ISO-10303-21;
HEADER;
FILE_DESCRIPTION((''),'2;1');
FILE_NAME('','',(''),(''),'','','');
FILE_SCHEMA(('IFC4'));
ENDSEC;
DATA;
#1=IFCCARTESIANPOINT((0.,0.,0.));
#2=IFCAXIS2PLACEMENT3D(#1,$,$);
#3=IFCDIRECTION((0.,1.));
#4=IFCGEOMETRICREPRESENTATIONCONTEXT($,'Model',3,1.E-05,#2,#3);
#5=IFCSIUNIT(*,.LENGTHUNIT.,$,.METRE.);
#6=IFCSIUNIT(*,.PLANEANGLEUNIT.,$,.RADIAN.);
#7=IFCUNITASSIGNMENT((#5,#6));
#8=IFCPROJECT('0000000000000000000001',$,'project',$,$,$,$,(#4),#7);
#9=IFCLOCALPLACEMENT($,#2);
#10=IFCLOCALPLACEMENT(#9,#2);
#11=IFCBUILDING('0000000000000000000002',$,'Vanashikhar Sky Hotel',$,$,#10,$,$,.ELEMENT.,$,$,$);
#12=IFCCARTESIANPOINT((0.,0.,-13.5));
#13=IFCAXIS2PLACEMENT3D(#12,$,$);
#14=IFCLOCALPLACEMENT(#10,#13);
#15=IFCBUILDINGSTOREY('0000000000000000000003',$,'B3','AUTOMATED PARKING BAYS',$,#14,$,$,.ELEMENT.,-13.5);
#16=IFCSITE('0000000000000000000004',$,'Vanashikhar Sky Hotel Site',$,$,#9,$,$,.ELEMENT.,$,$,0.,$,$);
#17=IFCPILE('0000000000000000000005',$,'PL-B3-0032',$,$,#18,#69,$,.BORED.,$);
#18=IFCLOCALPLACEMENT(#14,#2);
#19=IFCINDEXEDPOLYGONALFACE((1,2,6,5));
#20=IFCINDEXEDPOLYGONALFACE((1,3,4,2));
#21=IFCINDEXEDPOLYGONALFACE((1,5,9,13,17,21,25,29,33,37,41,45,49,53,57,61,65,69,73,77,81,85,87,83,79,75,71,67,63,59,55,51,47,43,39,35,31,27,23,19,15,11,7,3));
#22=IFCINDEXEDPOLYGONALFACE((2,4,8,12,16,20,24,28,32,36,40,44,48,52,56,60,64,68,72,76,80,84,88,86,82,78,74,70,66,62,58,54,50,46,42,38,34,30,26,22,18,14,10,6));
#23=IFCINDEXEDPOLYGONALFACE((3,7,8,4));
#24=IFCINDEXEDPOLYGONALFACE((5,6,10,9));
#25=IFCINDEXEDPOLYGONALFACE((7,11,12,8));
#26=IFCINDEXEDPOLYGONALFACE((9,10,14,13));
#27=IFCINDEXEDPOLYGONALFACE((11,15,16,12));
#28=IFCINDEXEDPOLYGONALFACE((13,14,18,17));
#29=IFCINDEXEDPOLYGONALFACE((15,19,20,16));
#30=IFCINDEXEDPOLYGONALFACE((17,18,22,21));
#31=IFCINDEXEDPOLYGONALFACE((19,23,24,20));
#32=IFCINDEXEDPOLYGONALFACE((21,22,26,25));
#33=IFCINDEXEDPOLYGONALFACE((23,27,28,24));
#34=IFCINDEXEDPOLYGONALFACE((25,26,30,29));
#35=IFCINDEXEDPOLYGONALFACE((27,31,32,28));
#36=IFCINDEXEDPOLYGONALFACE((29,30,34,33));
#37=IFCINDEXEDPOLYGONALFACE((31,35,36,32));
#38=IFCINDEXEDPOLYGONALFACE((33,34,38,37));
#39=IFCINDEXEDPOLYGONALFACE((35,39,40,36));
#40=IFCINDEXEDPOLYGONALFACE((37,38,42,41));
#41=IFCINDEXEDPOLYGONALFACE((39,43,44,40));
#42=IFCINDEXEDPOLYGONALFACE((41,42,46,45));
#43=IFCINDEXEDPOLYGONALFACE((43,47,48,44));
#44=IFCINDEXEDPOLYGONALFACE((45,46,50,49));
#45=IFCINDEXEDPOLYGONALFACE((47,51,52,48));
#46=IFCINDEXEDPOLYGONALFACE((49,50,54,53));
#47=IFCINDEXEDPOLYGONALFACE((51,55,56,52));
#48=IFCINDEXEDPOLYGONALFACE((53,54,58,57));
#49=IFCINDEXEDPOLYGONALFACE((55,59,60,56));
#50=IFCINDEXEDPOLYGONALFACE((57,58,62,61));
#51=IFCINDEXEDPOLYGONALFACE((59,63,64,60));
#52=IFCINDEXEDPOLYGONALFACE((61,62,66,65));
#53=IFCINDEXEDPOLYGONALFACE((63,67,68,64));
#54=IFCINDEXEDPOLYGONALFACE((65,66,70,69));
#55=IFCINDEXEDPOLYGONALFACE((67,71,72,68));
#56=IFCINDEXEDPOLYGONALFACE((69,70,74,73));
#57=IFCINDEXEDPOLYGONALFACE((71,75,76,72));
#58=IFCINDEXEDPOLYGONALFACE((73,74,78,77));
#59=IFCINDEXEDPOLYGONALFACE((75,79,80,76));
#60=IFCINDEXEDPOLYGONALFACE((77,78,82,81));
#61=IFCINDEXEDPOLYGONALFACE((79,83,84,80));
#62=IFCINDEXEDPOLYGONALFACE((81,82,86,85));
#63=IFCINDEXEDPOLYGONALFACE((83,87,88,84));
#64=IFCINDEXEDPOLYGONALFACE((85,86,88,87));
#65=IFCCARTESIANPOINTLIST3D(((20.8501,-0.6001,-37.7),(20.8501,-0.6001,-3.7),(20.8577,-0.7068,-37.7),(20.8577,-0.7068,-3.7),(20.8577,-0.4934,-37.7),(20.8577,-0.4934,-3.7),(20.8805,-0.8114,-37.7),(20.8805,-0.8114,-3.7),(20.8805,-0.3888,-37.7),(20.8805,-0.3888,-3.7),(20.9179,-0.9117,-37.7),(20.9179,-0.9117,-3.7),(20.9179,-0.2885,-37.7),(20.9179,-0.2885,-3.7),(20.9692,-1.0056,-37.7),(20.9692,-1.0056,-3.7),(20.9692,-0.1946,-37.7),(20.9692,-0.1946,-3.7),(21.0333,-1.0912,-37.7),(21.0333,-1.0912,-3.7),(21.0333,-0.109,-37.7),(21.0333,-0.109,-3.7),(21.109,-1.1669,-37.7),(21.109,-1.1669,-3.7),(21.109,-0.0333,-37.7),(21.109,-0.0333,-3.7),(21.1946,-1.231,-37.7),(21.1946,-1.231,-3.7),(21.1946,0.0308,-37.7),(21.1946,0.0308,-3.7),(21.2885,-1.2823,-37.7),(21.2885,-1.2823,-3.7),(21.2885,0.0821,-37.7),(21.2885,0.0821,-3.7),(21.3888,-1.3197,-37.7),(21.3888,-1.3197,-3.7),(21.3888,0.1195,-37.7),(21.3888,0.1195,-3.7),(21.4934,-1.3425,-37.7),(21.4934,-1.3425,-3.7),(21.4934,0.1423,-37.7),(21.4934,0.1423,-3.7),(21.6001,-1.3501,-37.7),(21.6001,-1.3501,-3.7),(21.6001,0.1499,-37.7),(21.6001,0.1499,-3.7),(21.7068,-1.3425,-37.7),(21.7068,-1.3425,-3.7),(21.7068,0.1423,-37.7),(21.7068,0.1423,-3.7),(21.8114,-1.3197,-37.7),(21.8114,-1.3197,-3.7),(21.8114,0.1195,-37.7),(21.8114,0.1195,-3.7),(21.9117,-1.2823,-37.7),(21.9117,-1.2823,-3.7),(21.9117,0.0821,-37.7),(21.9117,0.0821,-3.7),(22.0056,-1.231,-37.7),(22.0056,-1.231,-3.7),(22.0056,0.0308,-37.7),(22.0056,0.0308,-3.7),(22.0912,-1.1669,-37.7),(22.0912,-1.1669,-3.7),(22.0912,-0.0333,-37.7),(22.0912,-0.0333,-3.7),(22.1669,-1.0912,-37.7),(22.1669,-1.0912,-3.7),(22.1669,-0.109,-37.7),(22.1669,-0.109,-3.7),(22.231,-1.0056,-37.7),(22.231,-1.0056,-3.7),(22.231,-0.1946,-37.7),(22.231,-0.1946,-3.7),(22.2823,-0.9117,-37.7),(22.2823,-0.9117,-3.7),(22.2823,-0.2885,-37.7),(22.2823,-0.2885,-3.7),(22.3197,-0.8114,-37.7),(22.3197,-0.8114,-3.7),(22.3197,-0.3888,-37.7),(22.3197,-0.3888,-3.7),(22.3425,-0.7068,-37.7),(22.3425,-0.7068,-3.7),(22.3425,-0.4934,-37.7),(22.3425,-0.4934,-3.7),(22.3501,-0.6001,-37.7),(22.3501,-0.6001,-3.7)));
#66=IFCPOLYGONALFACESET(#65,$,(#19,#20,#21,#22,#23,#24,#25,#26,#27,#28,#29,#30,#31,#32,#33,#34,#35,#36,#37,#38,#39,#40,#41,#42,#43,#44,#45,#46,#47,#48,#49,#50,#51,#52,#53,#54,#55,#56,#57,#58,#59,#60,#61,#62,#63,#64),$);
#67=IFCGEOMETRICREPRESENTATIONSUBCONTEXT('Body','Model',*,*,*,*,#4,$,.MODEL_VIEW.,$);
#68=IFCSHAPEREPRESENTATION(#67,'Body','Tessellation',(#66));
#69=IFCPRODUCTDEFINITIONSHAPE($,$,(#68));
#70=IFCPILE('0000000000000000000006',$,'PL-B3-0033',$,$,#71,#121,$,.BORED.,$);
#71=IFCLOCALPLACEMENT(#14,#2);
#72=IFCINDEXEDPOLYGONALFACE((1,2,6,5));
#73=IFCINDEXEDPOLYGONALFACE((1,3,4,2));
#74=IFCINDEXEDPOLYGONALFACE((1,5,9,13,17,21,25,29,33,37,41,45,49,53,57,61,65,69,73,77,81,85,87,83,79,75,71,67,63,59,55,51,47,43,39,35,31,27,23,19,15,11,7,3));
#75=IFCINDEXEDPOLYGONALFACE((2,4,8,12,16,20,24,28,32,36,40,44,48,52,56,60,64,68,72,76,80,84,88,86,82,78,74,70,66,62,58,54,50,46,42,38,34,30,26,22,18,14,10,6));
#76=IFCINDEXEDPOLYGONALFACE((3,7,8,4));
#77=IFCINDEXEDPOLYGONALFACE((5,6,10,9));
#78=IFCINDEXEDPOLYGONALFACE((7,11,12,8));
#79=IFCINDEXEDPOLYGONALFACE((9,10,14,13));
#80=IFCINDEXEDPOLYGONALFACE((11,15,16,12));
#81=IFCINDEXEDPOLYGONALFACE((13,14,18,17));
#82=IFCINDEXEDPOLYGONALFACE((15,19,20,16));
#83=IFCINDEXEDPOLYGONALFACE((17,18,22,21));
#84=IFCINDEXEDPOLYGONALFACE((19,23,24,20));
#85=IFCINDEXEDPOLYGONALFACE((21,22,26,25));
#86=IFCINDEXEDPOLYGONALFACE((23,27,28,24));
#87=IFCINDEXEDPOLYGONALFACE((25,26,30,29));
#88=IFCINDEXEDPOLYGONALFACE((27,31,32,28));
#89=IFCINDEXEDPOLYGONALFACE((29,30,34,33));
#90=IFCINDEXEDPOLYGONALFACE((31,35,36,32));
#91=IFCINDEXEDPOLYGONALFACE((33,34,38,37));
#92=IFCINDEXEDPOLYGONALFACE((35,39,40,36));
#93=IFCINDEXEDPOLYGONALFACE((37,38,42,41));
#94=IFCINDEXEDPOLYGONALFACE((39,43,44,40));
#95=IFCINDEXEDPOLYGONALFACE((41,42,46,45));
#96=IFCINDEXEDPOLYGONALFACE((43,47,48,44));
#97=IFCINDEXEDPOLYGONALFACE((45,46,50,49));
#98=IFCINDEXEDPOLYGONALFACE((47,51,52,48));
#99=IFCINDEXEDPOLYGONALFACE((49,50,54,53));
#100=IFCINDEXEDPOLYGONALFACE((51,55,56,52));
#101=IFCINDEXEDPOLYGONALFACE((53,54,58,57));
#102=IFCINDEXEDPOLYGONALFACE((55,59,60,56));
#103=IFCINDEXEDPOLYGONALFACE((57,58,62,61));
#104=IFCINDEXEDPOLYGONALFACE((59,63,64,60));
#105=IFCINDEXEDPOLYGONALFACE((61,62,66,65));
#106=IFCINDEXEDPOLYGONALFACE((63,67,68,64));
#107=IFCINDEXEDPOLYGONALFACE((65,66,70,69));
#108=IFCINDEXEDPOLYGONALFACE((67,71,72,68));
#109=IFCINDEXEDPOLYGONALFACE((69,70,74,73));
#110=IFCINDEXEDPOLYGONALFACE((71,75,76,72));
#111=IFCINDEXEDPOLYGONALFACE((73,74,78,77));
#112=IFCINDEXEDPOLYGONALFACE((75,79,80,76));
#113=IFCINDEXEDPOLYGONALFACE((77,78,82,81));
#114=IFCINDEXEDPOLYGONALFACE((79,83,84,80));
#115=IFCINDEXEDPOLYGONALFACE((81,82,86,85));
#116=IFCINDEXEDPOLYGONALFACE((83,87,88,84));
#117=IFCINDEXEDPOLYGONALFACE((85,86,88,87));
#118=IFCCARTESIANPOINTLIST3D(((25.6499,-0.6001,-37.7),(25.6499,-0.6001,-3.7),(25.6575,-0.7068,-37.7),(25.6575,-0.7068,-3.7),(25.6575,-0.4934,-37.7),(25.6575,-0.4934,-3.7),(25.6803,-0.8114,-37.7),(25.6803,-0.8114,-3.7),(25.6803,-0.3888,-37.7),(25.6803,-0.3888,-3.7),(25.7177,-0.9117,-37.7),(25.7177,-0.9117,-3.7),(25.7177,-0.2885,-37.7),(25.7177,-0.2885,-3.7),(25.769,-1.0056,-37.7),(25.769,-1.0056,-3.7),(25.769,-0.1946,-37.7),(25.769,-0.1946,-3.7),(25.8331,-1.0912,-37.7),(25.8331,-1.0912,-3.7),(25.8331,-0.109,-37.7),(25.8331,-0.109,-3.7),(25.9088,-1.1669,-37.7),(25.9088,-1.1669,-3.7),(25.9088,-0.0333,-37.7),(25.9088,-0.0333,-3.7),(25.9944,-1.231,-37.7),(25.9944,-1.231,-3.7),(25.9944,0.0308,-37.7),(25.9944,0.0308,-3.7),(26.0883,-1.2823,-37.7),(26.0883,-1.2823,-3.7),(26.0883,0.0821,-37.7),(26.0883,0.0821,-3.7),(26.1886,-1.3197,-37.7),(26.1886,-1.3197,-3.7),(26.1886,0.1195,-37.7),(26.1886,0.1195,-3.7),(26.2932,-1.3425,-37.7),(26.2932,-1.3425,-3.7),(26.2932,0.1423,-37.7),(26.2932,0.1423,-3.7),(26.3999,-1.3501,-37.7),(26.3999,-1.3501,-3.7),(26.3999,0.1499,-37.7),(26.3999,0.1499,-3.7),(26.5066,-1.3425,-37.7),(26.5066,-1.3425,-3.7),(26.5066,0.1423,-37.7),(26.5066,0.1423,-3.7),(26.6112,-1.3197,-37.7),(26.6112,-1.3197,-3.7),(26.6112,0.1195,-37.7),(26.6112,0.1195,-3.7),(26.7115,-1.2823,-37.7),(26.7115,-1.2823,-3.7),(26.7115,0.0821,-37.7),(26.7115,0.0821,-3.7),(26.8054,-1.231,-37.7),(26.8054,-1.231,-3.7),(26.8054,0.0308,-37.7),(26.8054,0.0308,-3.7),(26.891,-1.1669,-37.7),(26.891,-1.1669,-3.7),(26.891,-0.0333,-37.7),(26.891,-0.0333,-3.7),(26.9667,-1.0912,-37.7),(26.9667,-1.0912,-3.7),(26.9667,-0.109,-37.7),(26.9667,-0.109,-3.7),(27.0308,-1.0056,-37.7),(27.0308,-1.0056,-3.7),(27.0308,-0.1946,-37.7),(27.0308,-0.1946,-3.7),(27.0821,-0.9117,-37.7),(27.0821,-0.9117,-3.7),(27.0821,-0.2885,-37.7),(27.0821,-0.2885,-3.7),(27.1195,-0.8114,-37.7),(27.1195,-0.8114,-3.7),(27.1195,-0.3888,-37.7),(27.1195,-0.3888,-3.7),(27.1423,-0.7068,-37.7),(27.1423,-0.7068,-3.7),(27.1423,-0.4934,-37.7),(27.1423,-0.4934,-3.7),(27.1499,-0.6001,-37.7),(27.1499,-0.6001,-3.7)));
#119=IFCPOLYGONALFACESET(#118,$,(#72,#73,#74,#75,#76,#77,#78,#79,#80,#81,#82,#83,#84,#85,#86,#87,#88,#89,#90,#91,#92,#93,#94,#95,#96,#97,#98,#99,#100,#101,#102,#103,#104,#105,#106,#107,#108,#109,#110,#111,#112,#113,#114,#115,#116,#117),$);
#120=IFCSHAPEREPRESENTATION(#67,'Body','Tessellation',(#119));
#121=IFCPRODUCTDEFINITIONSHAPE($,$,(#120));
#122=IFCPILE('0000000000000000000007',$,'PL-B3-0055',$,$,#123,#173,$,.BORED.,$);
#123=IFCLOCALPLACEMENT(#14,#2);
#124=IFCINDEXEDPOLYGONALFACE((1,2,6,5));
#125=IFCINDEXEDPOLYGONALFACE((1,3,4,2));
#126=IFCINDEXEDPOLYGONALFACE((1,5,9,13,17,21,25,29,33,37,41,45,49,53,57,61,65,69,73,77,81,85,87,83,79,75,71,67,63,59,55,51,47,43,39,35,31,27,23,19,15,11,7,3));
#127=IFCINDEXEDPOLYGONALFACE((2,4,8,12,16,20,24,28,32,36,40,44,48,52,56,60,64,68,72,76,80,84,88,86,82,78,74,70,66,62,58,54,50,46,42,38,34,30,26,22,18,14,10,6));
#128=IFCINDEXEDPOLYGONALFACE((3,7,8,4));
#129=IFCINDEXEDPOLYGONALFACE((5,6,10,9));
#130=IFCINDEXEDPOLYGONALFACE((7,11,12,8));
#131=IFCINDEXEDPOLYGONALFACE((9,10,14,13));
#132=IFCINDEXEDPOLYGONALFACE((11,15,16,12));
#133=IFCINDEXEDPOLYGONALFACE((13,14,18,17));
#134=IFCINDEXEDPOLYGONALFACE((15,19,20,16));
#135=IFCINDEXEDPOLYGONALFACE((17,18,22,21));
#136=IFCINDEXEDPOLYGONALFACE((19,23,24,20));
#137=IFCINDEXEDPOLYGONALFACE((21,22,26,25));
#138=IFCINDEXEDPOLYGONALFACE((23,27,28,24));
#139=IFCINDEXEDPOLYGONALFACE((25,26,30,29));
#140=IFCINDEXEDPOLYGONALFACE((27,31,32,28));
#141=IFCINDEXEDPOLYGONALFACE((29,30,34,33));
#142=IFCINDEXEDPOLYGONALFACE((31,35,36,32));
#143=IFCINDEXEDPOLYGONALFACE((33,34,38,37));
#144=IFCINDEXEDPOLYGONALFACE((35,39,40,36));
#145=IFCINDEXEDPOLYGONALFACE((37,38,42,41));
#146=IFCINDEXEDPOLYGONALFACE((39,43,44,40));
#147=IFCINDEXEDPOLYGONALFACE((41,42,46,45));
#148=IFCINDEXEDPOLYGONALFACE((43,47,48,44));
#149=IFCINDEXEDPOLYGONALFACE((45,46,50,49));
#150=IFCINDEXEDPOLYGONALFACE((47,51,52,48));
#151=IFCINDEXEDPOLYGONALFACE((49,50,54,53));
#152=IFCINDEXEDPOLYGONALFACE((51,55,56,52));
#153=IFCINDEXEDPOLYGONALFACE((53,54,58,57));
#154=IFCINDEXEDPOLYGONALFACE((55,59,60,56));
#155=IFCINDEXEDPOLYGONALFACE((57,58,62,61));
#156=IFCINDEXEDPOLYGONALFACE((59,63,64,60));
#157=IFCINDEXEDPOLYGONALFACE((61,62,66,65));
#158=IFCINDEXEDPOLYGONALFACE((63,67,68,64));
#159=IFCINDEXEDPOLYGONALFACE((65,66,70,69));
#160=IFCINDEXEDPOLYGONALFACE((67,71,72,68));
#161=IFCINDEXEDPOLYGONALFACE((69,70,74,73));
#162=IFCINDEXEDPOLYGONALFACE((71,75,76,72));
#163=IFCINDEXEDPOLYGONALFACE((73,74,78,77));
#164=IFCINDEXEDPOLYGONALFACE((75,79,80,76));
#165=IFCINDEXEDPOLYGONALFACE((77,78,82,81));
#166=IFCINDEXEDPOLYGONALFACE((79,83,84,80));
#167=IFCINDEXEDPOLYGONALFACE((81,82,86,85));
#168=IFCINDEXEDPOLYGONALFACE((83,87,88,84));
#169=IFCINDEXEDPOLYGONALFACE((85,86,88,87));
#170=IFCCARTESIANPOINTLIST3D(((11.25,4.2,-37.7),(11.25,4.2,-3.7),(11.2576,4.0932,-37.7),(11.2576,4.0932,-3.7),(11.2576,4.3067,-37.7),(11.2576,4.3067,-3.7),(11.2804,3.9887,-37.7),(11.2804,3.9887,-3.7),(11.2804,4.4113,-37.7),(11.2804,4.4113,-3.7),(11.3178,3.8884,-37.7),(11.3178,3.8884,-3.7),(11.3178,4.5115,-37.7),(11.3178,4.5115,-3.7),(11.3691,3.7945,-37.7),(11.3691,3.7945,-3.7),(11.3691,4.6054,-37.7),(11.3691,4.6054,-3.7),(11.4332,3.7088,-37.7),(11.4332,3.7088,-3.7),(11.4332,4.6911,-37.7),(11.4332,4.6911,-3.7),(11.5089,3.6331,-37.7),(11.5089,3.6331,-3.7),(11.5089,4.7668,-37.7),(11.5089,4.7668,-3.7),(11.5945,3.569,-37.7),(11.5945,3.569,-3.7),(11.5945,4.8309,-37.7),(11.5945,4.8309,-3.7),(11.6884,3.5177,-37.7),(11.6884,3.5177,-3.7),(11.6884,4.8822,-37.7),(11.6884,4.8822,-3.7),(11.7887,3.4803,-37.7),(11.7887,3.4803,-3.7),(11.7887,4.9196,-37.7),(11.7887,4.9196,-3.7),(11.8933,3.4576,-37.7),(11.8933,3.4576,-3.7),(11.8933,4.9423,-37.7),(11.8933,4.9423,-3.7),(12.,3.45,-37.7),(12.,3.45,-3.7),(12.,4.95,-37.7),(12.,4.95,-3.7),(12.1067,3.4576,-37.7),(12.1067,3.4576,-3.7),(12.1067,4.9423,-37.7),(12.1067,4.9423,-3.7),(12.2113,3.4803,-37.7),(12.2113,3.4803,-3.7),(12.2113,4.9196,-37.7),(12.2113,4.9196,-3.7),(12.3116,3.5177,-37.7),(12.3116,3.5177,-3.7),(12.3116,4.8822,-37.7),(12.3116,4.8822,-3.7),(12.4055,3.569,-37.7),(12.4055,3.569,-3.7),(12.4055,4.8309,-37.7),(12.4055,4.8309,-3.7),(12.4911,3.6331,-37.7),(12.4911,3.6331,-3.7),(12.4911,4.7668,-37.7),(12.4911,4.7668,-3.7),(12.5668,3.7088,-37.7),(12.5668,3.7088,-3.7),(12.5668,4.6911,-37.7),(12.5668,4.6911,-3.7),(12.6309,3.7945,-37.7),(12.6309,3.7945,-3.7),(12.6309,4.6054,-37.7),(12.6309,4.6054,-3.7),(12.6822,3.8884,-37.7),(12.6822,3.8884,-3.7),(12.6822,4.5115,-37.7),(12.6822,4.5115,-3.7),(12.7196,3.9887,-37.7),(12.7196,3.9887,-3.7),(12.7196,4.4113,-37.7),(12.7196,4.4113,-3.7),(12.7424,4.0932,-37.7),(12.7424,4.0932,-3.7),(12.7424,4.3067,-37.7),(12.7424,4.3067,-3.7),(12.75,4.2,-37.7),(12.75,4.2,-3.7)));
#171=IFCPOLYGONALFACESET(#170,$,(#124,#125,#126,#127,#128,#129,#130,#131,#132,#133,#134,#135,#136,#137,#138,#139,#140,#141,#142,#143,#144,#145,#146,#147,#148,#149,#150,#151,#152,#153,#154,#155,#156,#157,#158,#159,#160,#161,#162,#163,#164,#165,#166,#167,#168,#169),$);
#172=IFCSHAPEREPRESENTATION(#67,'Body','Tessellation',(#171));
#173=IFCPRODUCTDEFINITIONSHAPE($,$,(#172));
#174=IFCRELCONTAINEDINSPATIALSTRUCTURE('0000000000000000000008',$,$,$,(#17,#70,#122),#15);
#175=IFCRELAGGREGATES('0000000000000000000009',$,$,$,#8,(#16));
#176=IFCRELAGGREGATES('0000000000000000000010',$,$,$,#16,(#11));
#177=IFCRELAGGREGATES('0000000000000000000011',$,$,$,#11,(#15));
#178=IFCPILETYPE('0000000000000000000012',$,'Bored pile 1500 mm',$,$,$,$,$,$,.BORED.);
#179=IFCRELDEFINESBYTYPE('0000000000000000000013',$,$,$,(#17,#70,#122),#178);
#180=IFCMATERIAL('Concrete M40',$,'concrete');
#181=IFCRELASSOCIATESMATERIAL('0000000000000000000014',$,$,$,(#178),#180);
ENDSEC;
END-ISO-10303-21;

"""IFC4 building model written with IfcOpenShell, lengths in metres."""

from ifc_helpers import new_model, si_unit, direction, frame, origin, origin_2d, place, context, subcontext, project, spatial, circle, extrude, source, transform, mapped, material, type_object, element, save


model = new_model("IFC4")

# Units and contexts
model_context = context("Model", 3, precision=1e-05, world=origin(), true_north=direction((0.0, 1.0)))
body_context = subcontext(model_context, "Body", "Model", "MODEL_VIEW")
ifc_project = project(units=[si_unit("LENGTHUNIT", "METRE"), si_unit("PLANEANGLEUNIT", "RADIAN")], contexts=[model_context])

# Site, building, storey
site_placement = place(None, origin())
site = spatial("IfcSite", under=ifc_project, at=site_placement, Name="Vanashikhar Sky Hotel Site", CompositionType="ELEMENT", RefElevation=0.0)
building_placement = place(site_placement, origin())
building = spatial("IfcBuilding", under=site, at=building_placement, Name="Vanashikhar Sky Hotel", CompositionType="ELEMENT")
storey_placement = place(building_placement, frame((0.0, 0.0, -13.5)))
storey = spatial("IfcBuildingStorey", under=building, at=storey_placement, Name="B3", Description="AUTOMATED PARKING BAYS", CompositionType="ELEMENT", Elevation=-13.5)

# Piles
ifc_material_1 = material(Name="Concrete M40", Category="concrete")
pile_type = type_object("IfcPileType", Name="Bored pile 1500 mm", PredefinedType="BORED", material=ifc_material_1)
shared_shape_1 = source(origin(), body_context, "Body", "SweptSolid", [
    extrude(circle(Radius=0.75, at=origin_2d()), origin(), (0.0, 0.0, 1.0), 34.0),
])
for number, where, z_axis, x_axis, name in (
    (1, (21.6001, -0.6001, -3.7), (0.0, 0.0, -1.0), (1.0, 0.0, 0.0), "PL-B3-0032"),
    (2, (26.3999, -0.6001, -3.7), (0.0, 0.0, -1.0), (1.0, 0.0, 0.0), "PL-B3-0033"),
    (3, (12.0, 4.2, -3.7), (0.0, 0.0, -1.0), (1.0, 0.0, 0.0), "PL-B3-0055"),
):
    element("IfcPile", number, at=place(storey_placement, frame(where, z_axis=z_axis, x_axis=x_axis)), inside=storey, type_object=pile_type, Name=name, PredefinedType="BORED", context=body_context, shape_type="MappedRepresentation", body=[
        mapped(shared_shape_1, transform((0.0, 0.0, 0.0), scale=1.0)),
    ])

save(model, "model.ifc")
